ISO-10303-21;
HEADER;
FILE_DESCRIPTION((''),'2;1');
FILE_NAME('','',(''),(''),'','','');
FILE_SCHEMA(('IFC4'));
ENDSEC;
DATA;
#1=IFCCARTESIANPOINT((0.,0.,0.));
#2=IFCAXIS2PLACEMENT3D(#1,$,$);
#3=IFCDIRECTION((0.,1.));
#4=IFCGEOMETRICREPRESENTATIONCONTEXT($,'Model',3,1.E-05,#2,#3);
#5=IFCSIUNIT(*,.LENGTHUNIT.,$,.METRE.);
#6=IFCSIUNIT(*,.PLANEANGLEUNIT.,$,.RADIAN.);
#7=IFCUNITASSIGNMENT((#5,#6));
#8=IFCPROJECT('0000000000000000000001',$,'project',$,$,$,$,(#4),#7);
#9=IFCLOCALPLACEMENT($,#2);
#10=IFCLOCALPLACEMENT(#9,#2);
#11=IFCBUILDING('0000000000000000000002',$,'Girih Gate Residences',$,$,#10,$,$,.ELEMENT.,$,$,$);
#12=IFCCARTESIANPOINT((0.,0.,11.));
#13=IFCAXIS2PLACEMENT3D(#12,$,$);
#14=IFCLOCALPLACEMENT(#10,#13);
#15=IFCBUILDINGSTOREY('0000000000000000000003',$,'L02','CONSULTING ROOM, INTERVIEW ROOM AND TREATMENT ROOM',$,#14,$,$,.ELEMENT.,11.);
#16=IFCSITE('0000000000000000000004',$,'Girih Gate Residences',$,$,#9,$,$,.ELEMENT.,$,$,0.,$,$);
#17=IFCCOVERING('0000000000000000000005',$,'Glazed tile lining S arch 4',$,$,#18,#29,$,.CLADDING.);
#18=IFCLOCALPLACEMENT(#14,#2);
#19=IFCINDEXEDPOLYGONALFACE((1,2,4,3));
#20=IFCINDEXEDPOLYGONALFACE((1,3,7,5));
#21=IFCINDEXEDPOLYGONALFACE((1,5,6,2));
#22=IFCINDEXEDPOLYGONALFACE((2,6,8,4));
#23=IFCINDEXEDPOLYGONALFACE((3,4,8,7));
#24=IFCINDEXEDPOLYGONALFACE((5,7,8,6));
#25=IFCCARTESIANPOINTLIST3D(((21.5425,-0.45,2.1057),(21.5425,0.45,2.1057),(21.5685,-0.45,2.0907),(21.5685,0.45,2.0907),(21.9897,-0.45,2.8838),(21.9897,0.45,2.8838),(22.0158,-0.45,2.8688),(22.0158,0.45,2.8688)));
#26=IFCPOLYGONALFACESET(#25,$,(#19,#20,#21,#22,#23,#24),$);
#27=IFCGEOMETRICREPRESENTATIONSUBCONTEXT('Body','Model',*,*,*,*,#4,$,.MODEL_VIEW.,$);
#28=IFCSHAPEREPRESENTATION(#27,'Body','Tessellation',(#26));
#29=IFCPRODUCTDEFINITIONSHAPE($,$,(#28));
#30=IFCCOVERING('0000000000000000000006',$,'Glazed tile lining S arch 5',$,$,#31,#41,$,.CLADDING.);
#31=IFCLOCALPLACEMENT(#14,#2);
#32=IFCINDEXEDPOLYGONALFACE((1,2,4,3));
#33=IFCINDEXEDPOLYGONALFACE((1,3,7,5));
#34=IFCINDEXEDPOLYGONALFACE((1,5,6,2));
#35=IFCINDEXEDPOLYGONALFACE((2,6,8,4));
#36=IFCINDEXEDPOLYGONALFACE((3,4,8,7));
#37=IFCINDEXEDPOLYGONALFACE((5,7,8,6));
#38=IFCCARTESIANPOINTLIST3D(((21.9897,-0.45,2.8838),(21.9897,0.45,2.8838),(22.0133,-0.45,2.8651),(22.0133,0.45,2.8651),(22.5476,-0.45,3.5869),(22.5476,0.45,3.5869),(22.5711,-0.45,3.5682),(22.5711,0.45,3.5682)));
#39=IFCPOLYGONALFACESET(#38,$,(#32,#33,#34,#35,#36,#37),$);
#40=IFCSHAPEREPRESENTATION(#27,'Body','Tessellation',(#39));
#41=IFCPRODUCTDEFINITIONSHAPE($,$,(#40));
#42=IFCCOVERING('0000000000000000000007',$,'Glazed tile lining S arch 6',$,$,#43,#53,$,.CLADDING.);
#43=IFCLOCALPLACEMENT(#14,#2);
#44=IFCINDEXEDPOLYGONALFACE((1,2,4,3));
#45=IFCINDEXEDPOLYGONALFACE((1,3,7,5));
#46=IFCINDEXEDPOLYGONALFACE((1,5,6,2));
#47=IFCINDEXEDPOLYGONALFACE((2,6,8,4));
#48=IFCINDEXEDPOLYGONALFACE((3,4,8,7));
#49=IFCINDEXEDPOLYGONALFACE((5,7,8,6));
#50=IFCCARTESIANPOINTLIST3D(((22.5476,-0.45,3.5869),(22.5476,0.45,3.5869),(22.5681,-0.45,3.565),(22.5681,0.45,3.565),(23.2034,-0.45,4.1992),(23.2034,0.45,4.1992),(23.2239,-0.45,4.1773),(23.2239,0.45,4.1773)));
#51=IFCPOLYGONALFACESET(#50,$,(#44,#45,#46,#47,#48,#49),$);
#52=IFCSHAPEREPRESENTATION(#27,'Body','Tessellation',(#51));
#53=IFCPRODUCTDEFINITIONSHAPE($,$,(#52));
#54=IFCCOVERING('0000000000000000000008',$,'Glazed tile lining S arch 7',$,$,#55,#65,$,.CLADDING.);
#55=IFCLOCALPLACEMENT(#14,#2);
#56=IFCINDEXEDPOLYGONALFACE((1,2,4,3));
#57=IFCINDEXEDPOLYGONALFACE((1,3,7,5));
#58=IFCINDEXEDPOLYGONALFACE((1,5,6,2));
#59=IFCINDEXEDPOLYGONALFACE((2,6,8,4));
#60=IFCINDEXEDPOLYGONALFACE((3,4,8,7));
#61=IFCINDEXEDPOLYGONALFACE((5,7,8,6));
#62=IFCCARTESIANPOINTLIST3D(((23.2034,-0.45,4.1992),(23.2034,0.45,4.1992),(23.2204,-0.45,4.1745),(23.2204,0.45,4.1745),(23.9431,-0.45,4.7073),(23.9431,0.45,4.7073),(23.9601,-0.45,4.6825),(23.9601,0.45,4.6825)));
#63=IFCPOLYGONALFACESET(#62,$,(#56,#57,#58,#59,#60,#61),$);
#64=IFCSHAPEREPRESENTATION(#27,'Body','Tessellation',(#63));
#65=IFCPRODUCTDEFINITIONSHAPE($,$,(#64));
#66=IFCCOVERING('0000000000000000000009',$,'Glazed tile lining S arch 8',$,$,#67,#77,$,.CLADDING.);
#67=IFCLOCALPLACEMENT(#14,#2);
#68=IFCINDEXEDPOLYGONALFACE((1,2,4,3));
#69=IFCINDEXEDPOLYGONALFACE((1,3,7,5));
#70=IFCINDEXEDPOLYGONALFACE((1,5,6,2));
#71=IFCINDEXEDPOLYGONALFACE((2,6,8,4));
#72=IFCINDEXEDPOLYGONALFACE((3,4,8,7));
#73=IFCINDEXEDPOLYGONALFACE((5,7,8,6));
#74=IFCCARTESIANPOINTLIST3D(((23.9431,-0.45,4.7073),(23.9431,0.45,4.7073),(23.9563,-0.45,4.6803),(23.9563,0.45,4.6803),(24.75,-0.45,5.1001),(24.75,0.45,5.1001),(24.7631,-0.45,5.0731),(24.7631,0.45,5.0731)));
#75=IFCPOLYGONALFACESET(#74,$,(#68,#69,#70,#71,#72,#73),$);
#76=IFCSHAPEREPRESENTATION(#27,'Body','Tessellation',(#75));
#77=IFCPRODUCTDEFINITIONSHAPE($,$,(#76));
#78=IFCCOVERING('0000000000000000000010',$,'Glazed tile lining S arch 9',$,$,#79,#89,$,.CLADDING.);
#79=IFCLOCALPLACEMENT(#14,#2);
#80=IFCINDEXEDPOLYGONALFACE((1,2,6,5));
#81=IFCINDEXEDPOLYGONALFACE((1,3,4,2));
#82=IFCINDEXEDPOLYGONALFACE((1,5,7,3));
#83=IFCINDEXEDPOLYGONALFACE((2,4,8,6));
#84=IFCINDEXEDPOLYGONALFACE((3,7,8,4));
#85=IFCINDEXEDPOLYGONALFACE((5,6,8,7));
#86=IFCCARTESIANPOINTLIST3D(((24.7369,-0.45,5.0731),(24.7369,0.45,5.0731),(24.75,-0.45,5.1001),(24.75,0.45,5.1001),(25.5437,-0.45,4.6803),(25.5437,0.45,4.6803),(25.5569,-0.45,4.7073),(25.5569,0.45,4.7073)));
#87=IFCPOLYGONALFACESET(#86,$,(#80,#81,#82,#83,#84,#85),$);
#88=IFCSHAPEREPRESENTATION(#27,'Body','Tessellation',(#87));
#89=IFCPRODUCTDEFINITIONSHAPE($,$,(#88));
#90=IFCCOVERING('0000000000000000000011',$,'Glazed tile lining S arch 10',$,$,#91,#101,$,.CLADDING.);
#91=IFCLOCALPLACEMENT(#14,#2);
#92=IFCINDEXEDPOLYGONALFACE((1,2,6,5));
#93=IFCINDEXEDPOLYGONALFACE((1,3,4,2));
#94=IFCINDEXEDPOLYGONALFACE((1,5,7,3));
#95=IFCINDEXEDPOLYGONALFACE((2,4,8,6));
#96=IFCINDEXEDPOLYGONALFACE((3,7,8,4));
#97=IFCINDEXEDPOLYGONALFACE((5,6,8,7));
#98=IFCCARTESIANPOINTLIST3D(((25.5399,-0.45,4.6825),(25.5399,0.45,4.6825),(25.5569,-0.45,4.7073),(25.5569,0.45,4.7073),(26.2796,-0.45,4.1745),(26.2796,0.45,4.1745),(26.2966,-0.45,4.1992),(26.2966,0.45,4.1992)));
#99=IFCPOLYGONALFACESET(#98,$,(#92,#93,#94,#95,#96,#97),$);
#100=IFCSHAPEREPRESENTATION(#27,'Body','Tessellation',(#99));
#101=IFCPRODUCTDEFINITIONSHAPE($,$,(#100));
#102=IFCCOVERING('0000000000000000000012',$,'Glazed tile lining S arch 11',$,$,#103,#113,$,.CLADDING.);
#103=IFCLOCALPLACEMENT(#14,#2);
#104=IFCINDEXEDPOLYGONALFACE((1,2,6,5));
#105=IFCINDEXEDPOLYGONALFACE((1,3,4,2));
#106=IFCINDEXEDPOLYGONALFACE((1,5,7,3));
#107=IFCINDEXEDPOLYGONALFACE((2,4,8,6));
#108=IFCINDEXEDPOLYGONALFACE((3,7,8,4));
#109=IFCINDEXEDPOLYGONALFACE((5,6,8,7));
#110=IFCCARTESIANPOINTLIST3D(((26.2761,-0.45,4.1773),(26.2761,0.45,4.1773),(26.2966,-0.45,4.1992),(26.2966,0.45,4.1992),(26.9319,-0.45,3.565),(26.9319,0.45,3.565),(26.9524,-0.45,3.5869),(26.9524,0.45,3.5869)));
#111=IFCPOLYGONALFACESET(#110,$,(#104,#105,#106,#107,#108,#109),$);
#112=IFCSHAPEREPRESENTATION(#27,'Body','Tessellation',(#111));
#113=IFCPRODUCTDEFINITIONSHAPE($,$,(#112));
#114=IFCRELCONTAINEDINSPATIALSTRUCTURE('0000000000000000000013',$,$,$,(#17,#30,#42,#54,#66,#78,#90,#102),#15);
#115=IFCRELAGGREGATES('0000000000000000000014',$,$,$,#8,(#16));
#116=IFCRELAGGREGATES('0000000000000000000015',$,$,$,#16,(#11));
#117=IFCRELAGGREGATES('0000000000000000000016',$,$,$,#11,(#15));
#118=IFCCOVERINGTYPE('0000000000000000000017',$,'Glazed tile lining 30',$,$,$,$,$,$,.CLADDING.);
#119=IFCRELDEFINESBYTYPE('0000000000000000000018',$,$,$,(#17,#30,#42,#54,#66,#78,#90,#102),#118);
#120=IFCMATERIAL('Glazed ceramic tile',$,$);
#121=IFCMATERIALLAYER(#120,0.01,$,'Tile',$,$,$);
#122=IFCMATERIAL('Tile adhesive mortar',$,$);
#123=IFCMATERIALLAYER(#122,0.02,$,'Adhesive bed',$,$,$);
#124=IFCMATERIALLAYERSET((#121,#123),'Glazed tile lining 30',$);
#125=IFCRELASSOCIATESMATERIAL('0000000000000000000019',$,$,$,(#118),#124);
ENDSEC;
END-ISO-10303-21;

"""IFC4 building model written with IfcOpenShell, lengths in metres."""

from ifc_helpers import new_model, si_unit, direction, frame, origin, place, context, subcontext, project, spatial, polyline, outline, extrude, material, layer, layer_set, type_object, element, save


model = new_model("IFC4")

# Units and contexts
model_context = context("Model", 3, precision=1e-05, world=origin(), true_north=direction((0.0, 1.0)))
body_context = subcontext(model_context, "Body", "Model", "MODEL_VIEW")
ifc_project = project(units=[si_unit("LENGTHUNIT", "METRE"), si_unit("PLANEANGLEUNIT", "RADIAN")], contexts=[model_context])

# Site, building, storey
site_placement = place(None, origin())
site = spatial("IfcSite", under=ifc_project, at=site_placement, Name="Girih Gate Residences", CompositionType="ELEMENT", RefElevation=0.0)
building_placement = place(site_placement, origin())
building = spatial("IfcBuilding", under=site, at=building_placement, Name="Girih Gate Residences", CompositionType="ELEMENT")
storey_placement = place(building_placement, frame((0.0, 0.0, 11.0)))
storey = spatial("IfcBuildingStorey", under=building, at=storey_placement, Name="L02", Description="CONSULTING ROOM, INTERVIEW ROOM AND TREATMENT ROOM", CompositionType="ELEMENT", Elevation=11.0)

# Coverings
ifc_material_1 = material(Name="Glazed ceramic tile")
ifc_layer_1 = layer(ifc_material_1, 0.01, Name="Tile")
ifc_material_2 = material(Name="Tile adhesive mortar")
ifc_layer_2 = layer(ifc_material_2, 0.02, Name="Adhesive bed")
ifc_layer_set_1 = layer_set([ifc_layer_1, ifc_layer_2], Name="Glazed tile lining 30")
covering_type = type_object("IfcCoveringType", Name="Glazed tile lining 30", PredefinedType="CLADDING", material=ifc_layer_set_1)
covering_1_placement = place(storey_placement, frame((21.5425, -0.45, 2.1057), z_axis=(-0.866968, 0.0, 0.498364), x_axis=(0.498364, 0.0, 0.866968)))
element("IfcCovering", 1, at=covering_1_placement, inside=storey, type_object=covering_type, Name="Glazed tile lining S arch 4", PredefinedType="CLADDING", context=body_context, shape_type="SweptSolid", body=[
    extrude(outline(polyline([(0.0, 0.0), (0.8975, 0.0), (0.8975, 0.8999), (0.0, 0.8999), (0.0, 0.0)])), origin(), (0.0, 0.0, -1.0), 0.03),
])
covering_2_placement = place(storey_placement, frame((21.9897, -0.45, 2.8838), z_axis=(-0.783384, 0.0, 0.621539), x_axis=(0.621539, 0.0, 0.783384)))
element("IfcCovering", 2, at=covering_2_placement, inside=storey, type_object=covering_type, Name="Glazed tile lining S arch 5", PredefinedType="CLADDING", context=body_context, shape_type="SweptSolid", body=[
    extrude(outline(polyline([(0.0, 0.0), (0.8975, 0.0), (0.8975, 0.8999), (0.0, 0.8999), (0.0, 0.0)])), origin(), (0.0, 0.0, -1.0), 0.03),
])
covering_3_placement = place(storey_placement, frame((22.5476, -0.45, 3.5869), z_axis=(-0.682473, 0.0, 0.73091), x_axis=(0.73091, 0.0, 0.682473)))
element("IfcCovering", 3, at=covering_3_placement, inside=storey, type_object=covering_type, Name="Glazed tile lining S arch 6", PredefinedType="CLADDING", context=body_context, shape_type="SweptSolid", body=[
    extrude(outline(polyline([(0.0, 0.0), (0.8972, 0.0), (0.8972, 0.8999), (0.0, 0.8999), (0.0, 0.0)])), origin(), (0.0, 0.0, -1.0), 0.03),
])
covering_4_placement = place(storey_placement, frame((23.2034, -0.45, 4.1992), z_axis=(-0.566136, 0.0, 0.824312), x_axis=(0.824312, 0.0, 0.566136)))
element("IfcCovering", 4, at=covering_4_placement, inside=storey, type_object=covering_type, Name="Glazed tile lining S arch 7", PredefinedType="CLADDING", context=body_context, shape_type="SweptSolid", body=[
    extrude(outline(polyline([(0.0, 0.0), (0.8974, 0.0), (0.8974, 0.8999), (0.0, 0.8999), (0.0, 0.0)])), origin(), (0.0, 0.0, -1.0), 0.03),
])
for number, where, z_axis, x_axis, name in (
    (5, (23.9431, -0.45, 4.7073), (-0.437721, 0.0, 0.899111), (0.899111, 0.0, 0.437721), "Glazed tile lining S arch 8"),
    (6, (24.75, -0.45, 5.1001), (0.437721, 0.0, 0.899111), (0.899111, 0.0, -0.437721), "Glazed tile lining S arch 9"),
):
    element("IfcCovering", number, at=place(storey_placement, frame(where, z_axis=z_axis, x_axis=x_axis)), inside=storey, type_object=covering_type, Name=name, PredefinedType="CLADDING", context=body_context, shape_type="SweptSolid", body=[
        extrude(outline(polyline([(0.0, 0.0), (0.8974, 0.0), (0.8974, 0.8999), (0.0, 0.8999), (0.0, 0.0)])), origin(), (0.0, 0.0, -1.0), 0.03),
    ])
covering_5_placement = place(storey_placement, frame((25.5569, -0.45, 4.7073), z_axis=(0.566136, 0.0, 0.824312), x_axis=(0.824312, 0.0, -0.566136)))
element("IfcCovering", 7, at=covering_5_placement, inside=storey, type_object=covering_type, Name="Glazed tile lining S arch 10", PredefinedType="CLADDING", context=body_context, shape_type="SweptSolid", body=[
    extrude(outline(polyline([(0.0, 0.0), (0.8974, 0.0), (0.8974, 0.8999), (0.0, 0.8999), (0.0, 0.0)])), origin(), (0.0, 0.0, -1.0), 0.03),
])
covering_6_placement = place(storey_placement, frame((26.2966, -0.45, 4.1992), z_axis=(0.682473, 0.0, 0.73091), x_axis=(0.73091, 0.0, -0.682473)))
element("IfcCovering", 8, at=covering_6_placement, inside=storey, type_object=covering_type, Name="Glazed tile lining S arch 11", PredefinedType="CLADDING", context=body_context, shape_type="SweptSolid", body=[
    extrude(outline(polyline([(0.0, 0.0), (0.8972, 0.0), (0.8972, 0.8999), (0.0, 0.8999), (0.0, 0.0)])), origin(), (0.0, 0.0, -1.0), 0.03),
])

save(model, "model.ifc")
